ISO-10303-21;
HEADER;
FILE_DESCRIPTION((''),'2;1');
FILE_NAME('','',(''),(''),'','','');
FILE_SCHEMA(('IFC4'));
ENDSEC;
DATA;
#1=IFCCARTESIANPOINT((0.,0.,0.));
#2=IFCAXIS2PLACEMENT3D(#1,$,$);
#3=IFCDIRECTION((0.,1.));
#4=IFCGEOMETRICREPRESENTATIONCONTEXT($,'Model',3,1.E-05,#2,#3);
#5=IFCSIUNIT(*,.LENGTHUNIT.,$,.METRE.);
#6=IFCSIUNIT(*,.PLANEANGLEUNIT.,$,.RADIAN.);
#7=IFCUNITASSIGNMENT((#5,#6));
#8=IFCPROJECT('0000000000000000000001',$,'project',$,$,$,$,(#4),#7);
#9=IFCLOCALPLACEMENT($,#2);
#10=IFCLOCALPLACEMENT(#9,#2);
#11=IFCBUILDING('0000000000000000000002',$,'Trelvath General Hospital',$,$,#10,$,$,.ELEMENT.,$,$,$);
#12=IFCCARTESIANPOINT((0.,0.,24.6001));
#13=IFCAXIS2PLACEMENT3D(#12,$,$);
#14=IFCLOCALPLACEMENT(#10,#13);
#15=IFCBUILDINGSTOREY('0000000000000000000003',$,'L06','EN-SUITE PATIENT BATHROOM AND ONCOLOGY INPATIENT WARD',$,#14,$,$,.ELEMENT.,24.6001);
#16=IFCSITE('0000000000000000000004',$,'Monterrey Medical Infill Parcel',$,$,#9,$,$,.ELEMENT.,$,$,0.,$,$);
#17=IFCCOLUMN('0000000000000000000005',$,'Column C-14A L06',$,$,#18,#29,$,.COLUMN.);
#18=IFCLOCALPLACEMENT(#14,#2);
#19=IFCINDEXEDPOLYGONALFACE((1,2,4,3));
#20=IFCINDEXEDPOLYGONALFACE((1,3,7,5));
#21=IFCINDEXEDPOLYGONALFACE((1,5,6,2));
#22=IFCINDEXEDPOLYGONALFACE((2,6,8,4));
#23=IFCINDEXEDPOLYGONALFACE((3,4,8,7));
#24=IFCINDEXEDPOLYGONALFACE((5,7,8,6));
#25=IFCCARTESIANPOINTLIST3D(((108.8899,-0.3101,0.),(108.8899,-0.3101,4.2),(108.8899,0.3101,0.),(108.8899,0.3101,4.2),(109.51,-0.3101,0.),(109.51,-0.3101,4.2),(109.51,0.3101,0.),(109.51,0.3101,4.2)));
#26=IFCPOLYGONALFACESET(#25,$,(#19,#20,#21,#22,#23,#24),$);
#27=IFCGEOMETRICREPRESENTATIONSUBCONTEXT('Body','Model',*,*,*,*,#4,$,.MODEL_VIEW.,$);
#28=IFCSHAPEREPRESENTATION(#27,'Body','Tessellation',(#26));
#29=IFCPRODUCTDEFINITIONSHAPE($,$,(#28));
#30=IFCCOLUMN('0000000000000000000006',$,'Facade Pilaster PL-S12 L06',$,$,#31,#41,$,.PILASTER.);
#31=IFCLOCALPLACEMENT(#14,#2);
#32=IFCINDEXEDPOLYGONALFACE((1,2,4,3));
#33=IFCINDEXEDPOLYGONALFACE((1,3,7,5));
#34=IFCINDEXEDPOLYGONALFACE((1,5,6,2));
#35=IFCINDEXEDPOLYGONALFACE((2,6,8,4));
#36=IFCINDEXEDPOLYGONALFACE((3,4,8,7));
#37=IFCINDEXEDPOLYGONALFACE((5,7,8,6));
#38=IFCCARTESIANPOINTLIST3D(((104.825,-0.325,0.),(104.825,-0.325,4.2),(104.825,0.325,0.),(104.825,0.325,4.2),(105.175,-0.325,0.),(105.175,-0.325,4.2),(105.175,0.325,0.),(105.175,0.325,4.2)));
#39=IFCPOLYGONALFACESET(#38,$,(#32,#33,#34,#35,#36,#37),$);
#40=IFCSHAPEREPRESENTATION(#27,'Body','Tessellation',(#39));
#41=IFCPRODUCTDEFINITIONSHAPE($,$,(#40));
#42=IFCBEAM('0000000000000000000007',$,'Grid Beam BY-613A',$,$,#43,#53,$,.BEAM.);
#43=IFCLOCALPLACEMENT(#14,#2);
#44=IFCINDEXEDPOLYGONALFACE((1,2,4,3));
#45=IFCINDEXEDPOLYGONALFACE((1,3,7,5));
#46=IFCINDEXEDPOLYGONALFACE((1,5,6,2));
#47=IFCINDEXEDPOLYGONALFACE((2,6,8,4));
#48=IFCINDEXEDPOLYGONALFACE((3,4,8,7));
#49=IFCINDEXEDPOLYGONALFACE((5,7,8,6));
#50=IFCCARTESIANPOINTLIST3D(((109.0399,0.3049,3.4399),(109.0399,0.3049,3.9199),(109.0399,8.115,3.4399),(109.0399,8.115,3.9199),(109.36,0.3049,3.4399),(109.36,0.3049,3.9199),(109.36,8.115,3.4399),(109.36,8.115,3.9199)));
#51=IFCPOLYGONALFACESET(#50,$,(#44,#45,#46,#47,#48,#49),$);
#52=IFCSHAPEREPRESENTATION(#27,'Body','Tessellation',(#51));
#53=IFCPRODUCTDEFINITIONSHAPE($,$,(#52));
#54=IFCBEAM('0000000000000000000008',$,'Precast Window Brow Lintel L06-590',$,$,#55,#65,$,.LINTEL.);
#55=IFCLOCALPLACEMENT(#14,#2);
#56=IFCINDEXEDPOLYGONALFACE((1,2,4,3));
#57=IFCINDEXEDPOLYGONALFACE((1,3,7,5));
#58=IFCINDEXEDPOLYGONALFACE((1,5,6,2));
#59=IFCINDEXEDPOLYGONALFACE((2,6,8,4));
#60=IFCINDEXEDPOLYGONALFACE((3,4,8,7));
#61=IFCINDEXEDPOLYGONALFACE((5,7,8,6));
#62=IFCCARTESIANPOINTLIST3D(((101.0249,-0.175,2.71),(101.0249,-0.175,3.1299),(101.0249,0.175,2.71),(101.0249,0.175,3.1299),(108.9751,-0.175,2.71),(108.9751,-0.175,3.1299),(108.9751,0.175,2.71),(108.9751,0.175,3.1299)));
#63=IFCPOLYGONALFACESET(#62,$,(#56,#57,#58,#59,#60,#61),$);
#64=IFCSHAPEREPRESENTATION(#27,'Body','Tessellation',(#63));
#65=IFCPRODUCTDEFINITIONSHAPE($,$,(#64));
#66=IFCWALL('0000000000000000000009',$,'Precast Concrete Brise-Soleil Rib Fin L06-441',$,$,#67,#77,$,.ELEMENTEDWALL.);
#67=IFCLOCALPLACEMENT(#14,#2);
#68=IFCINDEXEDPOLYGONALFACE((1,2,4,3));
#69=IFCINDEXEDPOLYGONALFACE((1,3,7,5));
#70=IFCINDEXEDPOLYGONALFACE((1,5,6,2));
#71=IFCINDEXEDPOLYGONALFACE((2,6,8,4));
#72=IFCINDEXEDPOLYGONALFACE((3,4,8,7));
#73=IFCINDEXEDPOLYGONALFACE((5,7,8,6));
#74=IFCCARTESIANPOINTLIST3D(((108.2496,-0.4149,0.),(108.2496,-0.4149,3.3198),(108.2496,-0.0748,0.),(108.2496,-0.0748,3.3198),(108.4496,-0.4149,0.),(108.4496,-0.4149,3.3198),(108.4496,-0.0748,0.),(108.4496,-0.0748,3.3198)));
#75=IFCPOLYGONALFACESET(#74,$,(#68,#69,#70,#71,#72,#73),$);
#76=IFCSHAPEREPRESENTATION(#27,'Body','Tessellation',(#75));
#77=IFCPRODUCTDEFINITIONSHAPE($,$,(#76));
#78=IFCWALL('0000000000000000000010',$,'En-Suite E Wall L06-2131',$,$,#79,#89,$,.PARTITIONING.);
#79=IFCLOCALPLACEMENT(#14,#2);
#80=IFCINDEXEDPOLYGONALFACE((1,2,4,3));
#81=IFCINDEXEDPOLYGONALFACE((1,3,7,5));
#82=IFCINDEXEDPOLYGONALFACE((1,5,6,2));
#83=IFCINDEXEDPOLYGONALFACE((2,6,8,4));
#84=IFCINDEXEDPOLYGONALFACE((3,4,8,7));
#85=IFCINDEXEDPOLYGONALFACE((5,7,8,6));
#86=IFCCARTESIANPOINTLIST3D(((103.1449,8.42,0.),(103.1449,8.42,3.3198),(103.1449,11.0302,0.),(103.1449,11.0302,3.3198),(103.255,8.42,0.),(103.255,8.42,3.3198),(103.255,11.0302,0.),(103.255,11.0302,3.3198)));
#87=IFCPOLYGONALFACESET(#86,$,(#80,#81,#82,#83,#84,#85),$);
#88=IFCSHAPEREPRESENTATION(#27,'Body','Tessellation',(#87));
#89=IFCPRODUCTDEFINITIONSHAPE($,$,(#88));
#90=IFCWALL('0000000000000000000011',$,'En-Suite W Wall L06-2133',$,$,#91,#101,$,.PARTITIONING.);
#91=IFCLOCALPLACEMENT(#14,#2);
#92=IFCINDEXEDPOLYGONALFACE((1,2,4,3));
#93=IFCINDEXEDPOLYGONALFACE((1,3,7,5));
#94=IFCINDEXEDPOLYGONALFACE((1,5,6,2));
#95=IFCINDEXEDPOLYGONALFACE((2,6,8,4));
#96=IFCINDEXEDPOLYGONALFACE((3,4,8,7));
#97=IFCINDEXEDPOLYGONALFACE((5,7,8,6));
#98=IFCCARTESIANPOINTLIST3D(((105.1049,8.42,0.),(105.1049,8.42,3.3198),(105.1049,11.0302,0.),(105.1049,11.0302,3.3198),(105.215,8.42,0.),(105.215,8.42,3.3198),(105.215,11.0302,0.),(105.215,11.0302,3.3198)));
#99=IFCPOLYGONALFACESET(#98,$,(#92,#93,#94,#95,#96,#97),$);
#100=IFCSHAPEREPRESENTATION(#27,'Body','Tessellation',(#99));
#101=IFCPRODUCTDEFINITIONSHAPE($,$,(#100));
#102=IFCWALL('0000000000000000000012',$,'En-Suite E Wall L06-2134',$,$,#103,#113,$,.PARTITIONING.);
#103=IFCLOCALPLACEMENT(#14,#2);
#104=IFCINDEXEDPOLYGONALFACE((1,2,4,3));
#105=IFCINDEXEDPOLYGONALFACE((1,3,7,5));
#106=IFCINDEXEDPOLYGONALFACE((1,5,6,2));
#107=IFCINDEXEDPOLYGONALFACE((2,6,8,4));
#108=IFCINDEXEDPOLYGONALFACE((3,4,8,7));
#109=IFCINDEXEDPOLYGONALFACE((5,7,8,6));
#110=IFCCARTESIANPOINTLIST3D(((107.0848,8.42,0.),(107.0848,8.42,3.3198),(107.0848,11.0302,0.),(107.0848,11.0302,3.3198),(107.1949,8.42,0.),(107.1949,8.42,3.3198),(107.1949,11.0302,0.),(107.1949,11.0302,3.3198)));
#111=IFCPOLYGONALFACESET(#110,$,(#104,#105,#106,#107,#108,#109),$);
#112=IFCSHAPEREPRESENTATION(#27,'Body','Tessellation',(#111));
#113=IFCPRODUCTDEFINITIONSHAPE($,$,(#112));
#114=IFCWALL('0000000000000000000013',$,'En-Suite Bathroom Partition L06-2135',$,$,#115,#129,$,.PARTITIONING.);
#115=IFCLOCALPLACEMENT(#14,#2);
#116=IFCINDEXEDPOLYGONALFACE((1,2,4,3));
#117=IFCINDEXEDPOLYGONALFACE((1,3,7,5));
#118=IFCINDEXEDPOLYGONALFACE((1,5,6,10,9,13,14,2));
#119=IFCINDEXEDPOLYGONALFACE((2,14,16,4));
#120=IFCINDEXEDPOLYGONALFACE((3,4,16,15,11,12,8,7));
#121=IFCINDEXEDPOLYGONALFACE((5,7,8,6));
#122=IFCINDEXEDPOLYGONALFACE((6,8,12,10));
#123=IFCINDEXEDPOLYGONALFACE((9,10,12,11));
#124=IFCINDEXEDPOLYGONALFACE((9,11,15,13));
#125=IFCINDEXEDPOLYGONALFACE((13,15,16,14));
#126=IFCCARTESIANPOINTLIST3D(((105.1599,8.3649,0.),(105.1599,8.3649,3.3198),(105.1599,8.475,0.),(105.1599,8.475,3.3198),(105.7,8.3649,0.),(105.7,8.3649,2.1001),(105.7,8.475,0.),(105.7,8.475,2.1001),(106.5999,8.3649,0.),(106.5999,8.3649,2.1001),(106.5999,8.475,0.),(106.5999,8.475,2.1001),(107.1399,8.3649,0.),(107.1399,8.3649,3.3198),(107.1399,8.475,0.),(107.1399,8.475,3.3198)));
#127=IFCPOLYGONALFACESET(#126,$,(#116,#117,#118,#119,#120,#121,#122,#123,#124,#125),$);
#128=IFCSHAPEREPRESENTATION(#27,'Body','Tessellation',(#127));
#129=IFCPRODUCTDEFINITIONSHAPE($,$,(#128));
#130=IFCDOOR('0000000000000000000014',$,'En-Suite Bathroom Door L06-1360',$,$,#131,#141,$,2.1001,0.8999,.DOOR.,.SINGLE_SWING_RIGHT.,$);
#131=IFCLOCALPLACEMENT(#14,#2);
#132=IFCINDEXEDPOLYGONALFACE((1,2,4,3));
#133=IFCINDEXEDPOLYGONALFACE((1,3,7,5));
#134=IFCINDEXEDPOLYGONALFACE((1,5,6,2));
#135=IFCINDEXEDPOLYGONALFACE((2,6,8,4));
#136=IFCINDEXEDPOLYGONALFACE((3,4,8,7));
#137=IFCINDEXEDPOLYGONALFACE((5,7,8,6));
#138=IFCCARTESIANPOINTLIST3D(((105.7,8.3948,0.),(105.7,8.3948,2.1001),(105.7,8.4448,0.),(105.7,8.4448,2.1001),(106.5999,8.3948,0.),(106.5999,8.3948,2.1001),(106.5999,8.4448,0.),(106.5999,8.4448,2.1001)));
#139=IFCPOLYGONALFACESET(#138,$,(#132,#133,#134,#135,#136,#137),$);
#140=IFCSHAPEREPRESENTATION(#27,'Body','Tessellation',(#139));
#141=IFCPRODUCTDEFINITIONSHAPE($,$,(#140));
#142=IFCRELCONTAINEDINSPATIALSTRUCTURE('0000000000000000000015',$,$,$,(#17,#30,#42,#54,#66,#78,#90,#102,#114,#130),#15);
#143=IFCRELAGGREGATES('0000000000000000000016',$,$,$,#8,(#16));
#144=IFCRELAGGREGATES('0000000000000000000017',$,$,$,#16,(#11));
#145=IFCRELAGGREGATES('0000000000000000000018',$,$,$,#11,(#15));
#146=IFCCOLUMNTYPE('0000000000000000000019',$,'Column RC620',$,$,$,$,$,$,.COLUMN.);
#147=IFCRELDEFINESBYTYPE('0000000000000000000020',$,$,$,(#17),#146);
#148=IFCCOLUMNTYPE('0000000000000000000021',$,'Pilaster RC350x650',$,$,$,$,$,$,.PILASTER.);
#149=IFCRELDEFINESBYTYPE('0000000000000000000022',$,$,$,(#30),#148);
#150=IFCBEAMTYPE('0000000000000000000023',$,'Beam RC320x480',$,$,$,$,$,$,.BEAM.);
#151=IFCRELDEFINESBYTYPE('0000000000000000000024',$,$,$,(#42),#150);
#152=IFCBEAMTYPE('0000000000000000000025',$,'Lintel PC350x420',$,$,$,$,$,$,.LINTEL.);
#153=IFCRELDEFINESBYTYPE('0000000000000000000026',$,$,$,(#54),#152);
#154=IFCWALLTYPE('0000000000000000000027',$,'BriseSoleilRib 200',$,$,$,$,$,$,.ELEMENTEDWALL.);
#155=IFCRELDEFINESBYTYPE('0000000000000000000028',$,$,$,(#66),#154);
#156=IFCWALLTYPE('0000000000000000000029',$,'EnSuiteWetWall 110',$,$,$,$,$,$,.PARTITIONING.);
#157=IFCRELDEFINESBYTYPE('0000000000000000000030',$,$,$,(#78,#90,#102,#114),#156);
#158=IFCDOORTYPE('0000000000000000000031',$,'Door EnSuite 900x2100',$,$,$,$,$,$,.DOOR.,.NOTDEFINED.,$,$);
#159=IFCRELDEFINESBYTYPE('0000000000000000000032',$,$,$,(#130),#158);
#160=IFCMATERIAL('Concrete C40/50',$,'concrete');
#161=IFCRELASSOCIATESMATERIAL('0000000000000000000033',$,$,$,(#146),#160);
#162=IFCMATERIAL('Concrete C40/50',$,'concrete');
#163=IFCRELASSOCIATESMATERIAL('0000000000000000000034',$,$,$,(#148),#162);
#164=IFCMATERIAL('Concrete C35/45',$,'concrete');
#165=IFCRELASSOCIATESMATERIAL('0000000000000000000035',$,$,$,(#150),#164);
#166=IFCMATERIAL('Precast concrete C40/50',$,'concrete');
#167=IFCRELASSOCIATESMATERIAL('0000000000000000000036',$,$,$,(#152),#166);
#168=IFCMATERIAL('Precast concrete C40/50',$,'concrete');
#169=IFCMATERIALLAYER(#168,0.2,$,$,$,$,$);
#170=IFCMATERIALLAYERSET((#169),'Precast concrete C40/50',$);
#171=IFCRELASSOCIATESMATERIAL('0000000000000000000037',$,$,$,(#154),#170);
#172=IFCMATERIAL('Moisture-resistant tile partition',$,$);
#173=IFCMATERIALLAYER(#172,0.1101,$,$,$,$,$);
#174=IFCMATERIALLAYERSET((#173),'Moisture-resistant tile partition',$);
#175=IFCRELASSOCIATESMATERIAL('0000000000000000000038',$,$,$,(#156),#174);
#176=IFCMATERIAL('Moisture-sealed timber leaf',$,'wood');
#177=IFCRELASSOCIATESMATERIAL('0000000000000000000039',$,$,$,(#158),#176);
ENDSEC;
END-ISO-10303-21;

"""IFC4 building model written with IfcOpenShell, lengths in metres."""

from ifc_helpers import new_model, si_unit, direction, frame, frame_2d, origin, origin_2d, place, context, subcontext, project, spatial, rectangle, extrude, material, layer, layer_set, material_profile, profile_set, type_object, element, fill, save


model = new_model("IFC4")

# Units and contexts
model_context = context("Model", 3, precision=1e-05, world=origin(), true_north=direction((0.0, 1.0)))
body_context = subcontext(model_context, "Body", "Model", "MODEL_VIEW")
ifc_project = project(units=[si_unit("LENGTHUNIT", "METRE"), si_unit("PLANEANGLEUNIT", "RADIAN")], contexts=[model_context])

# Site, building, storey
site_placement = place(None, origin())
site = spatial("IfcSite", under=ifc_project, at=site_placement, Name="Monterrey Medical Infill Parcel", CompositionType="ELEMENT", RefElevation=0.0)
building_placement = place(site_placement, origin())
building = spatial("IfcBuilding", under=site, at=building_placement, Name="Trelvath General Hospital", CompositionType="ELEMENT")
storey_placement = place(building_placement, frame((0.0, 0.0, 24.6001)))
storey = spatial("IfcBuildingStorey", under=building, at=storey_placement, Name="L06", Description="EN-SUITE PATIENT BATHROOM AND ONCOLOGY INPATIENT WARD", CompositionType="ELEMENT", Elevation=24.6001)

# Columns
ifc_material_1 = material(Name="Concrete C40/50", Category="concrete")
ifc_material_profile_1 = material_profile(ifc_material_1, rectangle(XDim=0.6201, YDim=0.6201, at=origin_2d()), Name="RC620x620")
ifc_profile_set_1 = profile_set([ifc_material_profile_1], Name="Concrete C40/50")
column_type_1 = type_object("IfcColumnType", Name="Column RC620", PredefinedType="COLUMN", material=ifc_profile_set_1)
column_1_placement = place(storey_placement, frame((109.2, 0.0, 0.0), z_axis=(0.0, 0.0, 1.0), x_axis=(1.0, 0.0, 0.0)))
element("IfcColumn", 1, at=column_1_placement, inside=storey, type_object=column_type_1, Name="Column C-14A L06", PredefinedType="COLUMN", context=body_context, shape_type="SweptSolid", body=[
    extrude(rectangle(XDim=0.6201, YDim=0.6201, at=origin_2d()), origin(), (0.0, 0.0, 1.0), 4.2),
])
ifc_material_2 = material(Name="Concrete C40/50", Category="concrete")
ifc_material_profile_2 = material_profile(ifc_material_2, rectangle(XDim=0.3501, YDim=0.6499, at=origin_2d()), Name="RC350x650")
ifc_profile_set_2 = profile_set([ifc_material_profile_2], Name="Concrete C40/50")
column_type_2 = type_object("IfcColumnType", Name="Pilaster RC350x650", PredefinedType="PILASTER", material=ifc_profile_set_2)
column_2_placement = place(storey_placement, frame((105.0, 0.0, 0.0), z_axis=(0.0, 0.0, 1.0), x_axis=(1.0, 0.0, 0.0)))
element("IfcColumn", 2, at=column_2_placement, inside=storey, type_object=column_type_2, Name="Facade Pilaster PL-S12 L06", PredefinedType="PILASTER", context=body_context, shape_type="SweptSolid", body=[
    extrude(rectangle(XDim=0.3501, YDim=0.6499, at=origin_2d()), origin(), (0.0, 0.0, 1.0), 4.2),
])

# Beams
ifc_material_3 = material(Name="Concrete C35/45", Category="concrete")
ifc_material_profile_3 = material_profile(ifc_material_3, rectangle(XDim=0.3201, YDim=0.48, at=origin_2d()), Name="RCB320x480")
ifc_profile_set_3 = profile_set([ifc_material_profile_3], Name="Concrete C35/45")
beam_type_1 = type_object("IfcBeamType", Name="Beam RC320x480", PredefinedType="BEAM", material=ifc_profile_set_3)
beam_1_placement = place(storey_placement, frame((109.2, 0.3049, 3.6799), z_axis=(0.0, 1.0, 0.0), x_axis=(-1.0, 0.0, 0.0)))
element("IfcBeam", 3, at=beam_1_placement, inside=storey, type_object=beam_type_1, Name="Grid Beam BY-613A", PredefinedType="BEAM", context=body_context, shape_type="SweptSolid", body=[
    extrude(rectangle(XDim=0.3201, YDim=0.48, at=origin_2d()), origin(), (0.0, 0.0, 1.0), 7.8101),
])
ifc_material_4 = material(Name="Precast concrete C40/50", Category="concrete")
ifc_material_profile_4 = material_profile(ifc_material_4, rectangle(XDim=0.3501, YDim=0.4199, at=origin_2d()), Name="PCL350x420")
ifc_profile_set_4 = profile_set([ifc_material_profile_4], Name="Precast concrete C40/50")
beam_type_2 = type_object("IfcBeamType", Name="Lintel PC350x420", PredefinedType="LINTEL", material=ifc_profile_set_4)
beam_2_placement = place(storey_placement, frame((108.9751, 0.0, 2.9199), z_axis=(-1.0, 0.0, 0.0), x_axis=(0.0, -1.0, 0.0)))
element("IfcBeam", 4, at=beam_2_placement, inside=storey, type_object=beam_type_2, Name="Precast Window Brow Lintel L06-590", PredefinedType="LINTEL", context=body_context, shape_type="SweptSolid", body=[
    extrude(rectangle(XDim=0.3501, YDim=0.4199, at=origin_2d()), origin(), (0.0, 0.0, 1.0), 7.9502),
])

# Walls
ifc_material_5 = material(Name="Precast concrete C40/50", Category="concrete")
ifc_layer_1 = layer(ifc_material_5, 0.2)
ifc_layer_set_1 = layer_set([ifc_layer_1], Name="Precast concrete C40/50")
wall_type_1 = type_object("IfcWallType", Name="BriseSoleilRib 200", PredefinedType="ELEMENTEDWALL", material=ifc_layer_set_1)
wall_1_placement = place(storey_placement, frame((108.3496, -0.075, 0.0), z_axis=(0.0, 0.0, 1.0), x_axis=(0.0, -1.0, 0.0)))
element("IfcWall", 5, at=wall_1_placement, inside=storey, type_object=wall_type_1, Name="Precast Concrete Brise-Soleil Rib Fin L06-441", PredefinedType="ELEMENTEDWALL", context=body_context, shape_type="SweptSolid", body=[
    extrude(rectangle(XDim=0.3401, YDim=0.2, at=frame_2d((0.1699, 0.0))), origin(), (0.0, 0.0, 1.0), 3.3198),
])
ifc_material_6 = material(Name="Moisture-resistant tile partition")
ifc_layer_2 = layer(ifc_material_6, 0.1101)
ifc_layer_set_2 = layer_set([ifc_layer_2], Name="Moisture-resistant tile partition")
wall_type_2 = type_object("IfcWallType", Name="EnSuiteWetWall 110", PredefinedType="PARTITIONING", material=ifc_layer_set_2)
for number, where, z_axis, x_axis, name in (
    (6, (103.2, 8.4199, 0.0), (0.0, 0.0, 1.0), (0.0, 1.0, 0.0), "En-Suite E Wall L06-2131"),
    (7, (105.1599, 8.4199, 0.0), (0.0, 0.0, 1.0), (0.0, 1.0, 0.0), "En-Suite W Wall L06-2133"),
    (8, (107.1399, 8.4199, 0.0), (0.0, 0.0, 1.0), (0.0, 1.0, 0.0), "En-Suite E Wall L06-2134"),
):
    element("IfcWall", number, at=place(storey_placement, frame(where, z_axis=z_axis, x_axis=x_axis)), inside=storey, type_object=wall_type_2, Name=name, PredefinedType="PARTITIONING", context=body_context, shape_type="SweptSolid", body=[
        extrude(rectangle(XDim=2.6101, YDim=0.1101, at=frame_2d((1.3052, 0.0))), origin(), (0.0, 0.0, 1.0), 3.3198),
    ])

# Wall, opening, door
wall_2_placement = place(storey_placement, frame((105.1599, 8.4199, 0.0), z_axis=(0.0, 0.0, 1.0), x_axis=(1.0, 0.0, 0.0)))
wall_2 = element("IfcWall", 9, at=wall_2_placement, inside=storey, type_object=wall_type_2, Name="En-Suite Bathroom Partition L06-2135", PredefinedType="PARTITIONING", context=body_context, shape_type="SweptSolid", body=[
    extrude(rectangle(XDim=1.98, YDim=0.1101, at=frame_2d((0.99, 0.0))), origin(), (0.0, 0.0, 1.0), 3.3198),
])
opening_1_placement = place(wall_2_placement, frame((0.54, 0.0, 0.0)))
opening_1 = element("IfcOpeningElement", 10, at=opening_1_placement, cuts=wall_2, PredefinedType="OPENING", context=body_context, shape_type="SweptSolid", body=[
    extrude(rectangle(XDim=0.8999, YDim=2.1001, at=frame_2d((0.45, 1.05))), frame((0.0, 0.0649, 0.0), z_axis=(0.0, -1.0, 0.0), x_axis=(1.0, 0.0, 0.0)), (0.0, 0.0, 1.0), 0.1301),
])
ifc_material_7 = material(Name="Moisture-sealed timber leaf", Category="wood")
door_type = type_object("IfcDoorType", Name="Door EnSuite 900x2100", OperationType="NOTDEFINED", PredefinedType="DOOR", material=ifc_material_7)
door_placement = place(opening_1_placement, origin())
door = element("IfcDoor", 11, at=door_placement, inside=storey, type_object=door_type, Name="En-Suite Bathroom Door L06-1360", OperationType="SINGLE_SWING_RIGHT", OverallHeight=2.1001, OverallWidth=0.8999, PredefinedType="DOOR", context=body_context, shape_type="SweptSolid", body=[
    extrude(rectangle(XDim=0.8999, YDim=2.1001, at=frame_2d((0.45, 1.05))), frame((0.0, 0.0249, 0.0), z_axis=(0.0, -1.0, 0.0), x_axis=(1.0, 0.0, 0.0)), (0.0, 0.0, 1.0), 0.05),
])
fill(opening_1, door)

save(model, "model.ifc")
